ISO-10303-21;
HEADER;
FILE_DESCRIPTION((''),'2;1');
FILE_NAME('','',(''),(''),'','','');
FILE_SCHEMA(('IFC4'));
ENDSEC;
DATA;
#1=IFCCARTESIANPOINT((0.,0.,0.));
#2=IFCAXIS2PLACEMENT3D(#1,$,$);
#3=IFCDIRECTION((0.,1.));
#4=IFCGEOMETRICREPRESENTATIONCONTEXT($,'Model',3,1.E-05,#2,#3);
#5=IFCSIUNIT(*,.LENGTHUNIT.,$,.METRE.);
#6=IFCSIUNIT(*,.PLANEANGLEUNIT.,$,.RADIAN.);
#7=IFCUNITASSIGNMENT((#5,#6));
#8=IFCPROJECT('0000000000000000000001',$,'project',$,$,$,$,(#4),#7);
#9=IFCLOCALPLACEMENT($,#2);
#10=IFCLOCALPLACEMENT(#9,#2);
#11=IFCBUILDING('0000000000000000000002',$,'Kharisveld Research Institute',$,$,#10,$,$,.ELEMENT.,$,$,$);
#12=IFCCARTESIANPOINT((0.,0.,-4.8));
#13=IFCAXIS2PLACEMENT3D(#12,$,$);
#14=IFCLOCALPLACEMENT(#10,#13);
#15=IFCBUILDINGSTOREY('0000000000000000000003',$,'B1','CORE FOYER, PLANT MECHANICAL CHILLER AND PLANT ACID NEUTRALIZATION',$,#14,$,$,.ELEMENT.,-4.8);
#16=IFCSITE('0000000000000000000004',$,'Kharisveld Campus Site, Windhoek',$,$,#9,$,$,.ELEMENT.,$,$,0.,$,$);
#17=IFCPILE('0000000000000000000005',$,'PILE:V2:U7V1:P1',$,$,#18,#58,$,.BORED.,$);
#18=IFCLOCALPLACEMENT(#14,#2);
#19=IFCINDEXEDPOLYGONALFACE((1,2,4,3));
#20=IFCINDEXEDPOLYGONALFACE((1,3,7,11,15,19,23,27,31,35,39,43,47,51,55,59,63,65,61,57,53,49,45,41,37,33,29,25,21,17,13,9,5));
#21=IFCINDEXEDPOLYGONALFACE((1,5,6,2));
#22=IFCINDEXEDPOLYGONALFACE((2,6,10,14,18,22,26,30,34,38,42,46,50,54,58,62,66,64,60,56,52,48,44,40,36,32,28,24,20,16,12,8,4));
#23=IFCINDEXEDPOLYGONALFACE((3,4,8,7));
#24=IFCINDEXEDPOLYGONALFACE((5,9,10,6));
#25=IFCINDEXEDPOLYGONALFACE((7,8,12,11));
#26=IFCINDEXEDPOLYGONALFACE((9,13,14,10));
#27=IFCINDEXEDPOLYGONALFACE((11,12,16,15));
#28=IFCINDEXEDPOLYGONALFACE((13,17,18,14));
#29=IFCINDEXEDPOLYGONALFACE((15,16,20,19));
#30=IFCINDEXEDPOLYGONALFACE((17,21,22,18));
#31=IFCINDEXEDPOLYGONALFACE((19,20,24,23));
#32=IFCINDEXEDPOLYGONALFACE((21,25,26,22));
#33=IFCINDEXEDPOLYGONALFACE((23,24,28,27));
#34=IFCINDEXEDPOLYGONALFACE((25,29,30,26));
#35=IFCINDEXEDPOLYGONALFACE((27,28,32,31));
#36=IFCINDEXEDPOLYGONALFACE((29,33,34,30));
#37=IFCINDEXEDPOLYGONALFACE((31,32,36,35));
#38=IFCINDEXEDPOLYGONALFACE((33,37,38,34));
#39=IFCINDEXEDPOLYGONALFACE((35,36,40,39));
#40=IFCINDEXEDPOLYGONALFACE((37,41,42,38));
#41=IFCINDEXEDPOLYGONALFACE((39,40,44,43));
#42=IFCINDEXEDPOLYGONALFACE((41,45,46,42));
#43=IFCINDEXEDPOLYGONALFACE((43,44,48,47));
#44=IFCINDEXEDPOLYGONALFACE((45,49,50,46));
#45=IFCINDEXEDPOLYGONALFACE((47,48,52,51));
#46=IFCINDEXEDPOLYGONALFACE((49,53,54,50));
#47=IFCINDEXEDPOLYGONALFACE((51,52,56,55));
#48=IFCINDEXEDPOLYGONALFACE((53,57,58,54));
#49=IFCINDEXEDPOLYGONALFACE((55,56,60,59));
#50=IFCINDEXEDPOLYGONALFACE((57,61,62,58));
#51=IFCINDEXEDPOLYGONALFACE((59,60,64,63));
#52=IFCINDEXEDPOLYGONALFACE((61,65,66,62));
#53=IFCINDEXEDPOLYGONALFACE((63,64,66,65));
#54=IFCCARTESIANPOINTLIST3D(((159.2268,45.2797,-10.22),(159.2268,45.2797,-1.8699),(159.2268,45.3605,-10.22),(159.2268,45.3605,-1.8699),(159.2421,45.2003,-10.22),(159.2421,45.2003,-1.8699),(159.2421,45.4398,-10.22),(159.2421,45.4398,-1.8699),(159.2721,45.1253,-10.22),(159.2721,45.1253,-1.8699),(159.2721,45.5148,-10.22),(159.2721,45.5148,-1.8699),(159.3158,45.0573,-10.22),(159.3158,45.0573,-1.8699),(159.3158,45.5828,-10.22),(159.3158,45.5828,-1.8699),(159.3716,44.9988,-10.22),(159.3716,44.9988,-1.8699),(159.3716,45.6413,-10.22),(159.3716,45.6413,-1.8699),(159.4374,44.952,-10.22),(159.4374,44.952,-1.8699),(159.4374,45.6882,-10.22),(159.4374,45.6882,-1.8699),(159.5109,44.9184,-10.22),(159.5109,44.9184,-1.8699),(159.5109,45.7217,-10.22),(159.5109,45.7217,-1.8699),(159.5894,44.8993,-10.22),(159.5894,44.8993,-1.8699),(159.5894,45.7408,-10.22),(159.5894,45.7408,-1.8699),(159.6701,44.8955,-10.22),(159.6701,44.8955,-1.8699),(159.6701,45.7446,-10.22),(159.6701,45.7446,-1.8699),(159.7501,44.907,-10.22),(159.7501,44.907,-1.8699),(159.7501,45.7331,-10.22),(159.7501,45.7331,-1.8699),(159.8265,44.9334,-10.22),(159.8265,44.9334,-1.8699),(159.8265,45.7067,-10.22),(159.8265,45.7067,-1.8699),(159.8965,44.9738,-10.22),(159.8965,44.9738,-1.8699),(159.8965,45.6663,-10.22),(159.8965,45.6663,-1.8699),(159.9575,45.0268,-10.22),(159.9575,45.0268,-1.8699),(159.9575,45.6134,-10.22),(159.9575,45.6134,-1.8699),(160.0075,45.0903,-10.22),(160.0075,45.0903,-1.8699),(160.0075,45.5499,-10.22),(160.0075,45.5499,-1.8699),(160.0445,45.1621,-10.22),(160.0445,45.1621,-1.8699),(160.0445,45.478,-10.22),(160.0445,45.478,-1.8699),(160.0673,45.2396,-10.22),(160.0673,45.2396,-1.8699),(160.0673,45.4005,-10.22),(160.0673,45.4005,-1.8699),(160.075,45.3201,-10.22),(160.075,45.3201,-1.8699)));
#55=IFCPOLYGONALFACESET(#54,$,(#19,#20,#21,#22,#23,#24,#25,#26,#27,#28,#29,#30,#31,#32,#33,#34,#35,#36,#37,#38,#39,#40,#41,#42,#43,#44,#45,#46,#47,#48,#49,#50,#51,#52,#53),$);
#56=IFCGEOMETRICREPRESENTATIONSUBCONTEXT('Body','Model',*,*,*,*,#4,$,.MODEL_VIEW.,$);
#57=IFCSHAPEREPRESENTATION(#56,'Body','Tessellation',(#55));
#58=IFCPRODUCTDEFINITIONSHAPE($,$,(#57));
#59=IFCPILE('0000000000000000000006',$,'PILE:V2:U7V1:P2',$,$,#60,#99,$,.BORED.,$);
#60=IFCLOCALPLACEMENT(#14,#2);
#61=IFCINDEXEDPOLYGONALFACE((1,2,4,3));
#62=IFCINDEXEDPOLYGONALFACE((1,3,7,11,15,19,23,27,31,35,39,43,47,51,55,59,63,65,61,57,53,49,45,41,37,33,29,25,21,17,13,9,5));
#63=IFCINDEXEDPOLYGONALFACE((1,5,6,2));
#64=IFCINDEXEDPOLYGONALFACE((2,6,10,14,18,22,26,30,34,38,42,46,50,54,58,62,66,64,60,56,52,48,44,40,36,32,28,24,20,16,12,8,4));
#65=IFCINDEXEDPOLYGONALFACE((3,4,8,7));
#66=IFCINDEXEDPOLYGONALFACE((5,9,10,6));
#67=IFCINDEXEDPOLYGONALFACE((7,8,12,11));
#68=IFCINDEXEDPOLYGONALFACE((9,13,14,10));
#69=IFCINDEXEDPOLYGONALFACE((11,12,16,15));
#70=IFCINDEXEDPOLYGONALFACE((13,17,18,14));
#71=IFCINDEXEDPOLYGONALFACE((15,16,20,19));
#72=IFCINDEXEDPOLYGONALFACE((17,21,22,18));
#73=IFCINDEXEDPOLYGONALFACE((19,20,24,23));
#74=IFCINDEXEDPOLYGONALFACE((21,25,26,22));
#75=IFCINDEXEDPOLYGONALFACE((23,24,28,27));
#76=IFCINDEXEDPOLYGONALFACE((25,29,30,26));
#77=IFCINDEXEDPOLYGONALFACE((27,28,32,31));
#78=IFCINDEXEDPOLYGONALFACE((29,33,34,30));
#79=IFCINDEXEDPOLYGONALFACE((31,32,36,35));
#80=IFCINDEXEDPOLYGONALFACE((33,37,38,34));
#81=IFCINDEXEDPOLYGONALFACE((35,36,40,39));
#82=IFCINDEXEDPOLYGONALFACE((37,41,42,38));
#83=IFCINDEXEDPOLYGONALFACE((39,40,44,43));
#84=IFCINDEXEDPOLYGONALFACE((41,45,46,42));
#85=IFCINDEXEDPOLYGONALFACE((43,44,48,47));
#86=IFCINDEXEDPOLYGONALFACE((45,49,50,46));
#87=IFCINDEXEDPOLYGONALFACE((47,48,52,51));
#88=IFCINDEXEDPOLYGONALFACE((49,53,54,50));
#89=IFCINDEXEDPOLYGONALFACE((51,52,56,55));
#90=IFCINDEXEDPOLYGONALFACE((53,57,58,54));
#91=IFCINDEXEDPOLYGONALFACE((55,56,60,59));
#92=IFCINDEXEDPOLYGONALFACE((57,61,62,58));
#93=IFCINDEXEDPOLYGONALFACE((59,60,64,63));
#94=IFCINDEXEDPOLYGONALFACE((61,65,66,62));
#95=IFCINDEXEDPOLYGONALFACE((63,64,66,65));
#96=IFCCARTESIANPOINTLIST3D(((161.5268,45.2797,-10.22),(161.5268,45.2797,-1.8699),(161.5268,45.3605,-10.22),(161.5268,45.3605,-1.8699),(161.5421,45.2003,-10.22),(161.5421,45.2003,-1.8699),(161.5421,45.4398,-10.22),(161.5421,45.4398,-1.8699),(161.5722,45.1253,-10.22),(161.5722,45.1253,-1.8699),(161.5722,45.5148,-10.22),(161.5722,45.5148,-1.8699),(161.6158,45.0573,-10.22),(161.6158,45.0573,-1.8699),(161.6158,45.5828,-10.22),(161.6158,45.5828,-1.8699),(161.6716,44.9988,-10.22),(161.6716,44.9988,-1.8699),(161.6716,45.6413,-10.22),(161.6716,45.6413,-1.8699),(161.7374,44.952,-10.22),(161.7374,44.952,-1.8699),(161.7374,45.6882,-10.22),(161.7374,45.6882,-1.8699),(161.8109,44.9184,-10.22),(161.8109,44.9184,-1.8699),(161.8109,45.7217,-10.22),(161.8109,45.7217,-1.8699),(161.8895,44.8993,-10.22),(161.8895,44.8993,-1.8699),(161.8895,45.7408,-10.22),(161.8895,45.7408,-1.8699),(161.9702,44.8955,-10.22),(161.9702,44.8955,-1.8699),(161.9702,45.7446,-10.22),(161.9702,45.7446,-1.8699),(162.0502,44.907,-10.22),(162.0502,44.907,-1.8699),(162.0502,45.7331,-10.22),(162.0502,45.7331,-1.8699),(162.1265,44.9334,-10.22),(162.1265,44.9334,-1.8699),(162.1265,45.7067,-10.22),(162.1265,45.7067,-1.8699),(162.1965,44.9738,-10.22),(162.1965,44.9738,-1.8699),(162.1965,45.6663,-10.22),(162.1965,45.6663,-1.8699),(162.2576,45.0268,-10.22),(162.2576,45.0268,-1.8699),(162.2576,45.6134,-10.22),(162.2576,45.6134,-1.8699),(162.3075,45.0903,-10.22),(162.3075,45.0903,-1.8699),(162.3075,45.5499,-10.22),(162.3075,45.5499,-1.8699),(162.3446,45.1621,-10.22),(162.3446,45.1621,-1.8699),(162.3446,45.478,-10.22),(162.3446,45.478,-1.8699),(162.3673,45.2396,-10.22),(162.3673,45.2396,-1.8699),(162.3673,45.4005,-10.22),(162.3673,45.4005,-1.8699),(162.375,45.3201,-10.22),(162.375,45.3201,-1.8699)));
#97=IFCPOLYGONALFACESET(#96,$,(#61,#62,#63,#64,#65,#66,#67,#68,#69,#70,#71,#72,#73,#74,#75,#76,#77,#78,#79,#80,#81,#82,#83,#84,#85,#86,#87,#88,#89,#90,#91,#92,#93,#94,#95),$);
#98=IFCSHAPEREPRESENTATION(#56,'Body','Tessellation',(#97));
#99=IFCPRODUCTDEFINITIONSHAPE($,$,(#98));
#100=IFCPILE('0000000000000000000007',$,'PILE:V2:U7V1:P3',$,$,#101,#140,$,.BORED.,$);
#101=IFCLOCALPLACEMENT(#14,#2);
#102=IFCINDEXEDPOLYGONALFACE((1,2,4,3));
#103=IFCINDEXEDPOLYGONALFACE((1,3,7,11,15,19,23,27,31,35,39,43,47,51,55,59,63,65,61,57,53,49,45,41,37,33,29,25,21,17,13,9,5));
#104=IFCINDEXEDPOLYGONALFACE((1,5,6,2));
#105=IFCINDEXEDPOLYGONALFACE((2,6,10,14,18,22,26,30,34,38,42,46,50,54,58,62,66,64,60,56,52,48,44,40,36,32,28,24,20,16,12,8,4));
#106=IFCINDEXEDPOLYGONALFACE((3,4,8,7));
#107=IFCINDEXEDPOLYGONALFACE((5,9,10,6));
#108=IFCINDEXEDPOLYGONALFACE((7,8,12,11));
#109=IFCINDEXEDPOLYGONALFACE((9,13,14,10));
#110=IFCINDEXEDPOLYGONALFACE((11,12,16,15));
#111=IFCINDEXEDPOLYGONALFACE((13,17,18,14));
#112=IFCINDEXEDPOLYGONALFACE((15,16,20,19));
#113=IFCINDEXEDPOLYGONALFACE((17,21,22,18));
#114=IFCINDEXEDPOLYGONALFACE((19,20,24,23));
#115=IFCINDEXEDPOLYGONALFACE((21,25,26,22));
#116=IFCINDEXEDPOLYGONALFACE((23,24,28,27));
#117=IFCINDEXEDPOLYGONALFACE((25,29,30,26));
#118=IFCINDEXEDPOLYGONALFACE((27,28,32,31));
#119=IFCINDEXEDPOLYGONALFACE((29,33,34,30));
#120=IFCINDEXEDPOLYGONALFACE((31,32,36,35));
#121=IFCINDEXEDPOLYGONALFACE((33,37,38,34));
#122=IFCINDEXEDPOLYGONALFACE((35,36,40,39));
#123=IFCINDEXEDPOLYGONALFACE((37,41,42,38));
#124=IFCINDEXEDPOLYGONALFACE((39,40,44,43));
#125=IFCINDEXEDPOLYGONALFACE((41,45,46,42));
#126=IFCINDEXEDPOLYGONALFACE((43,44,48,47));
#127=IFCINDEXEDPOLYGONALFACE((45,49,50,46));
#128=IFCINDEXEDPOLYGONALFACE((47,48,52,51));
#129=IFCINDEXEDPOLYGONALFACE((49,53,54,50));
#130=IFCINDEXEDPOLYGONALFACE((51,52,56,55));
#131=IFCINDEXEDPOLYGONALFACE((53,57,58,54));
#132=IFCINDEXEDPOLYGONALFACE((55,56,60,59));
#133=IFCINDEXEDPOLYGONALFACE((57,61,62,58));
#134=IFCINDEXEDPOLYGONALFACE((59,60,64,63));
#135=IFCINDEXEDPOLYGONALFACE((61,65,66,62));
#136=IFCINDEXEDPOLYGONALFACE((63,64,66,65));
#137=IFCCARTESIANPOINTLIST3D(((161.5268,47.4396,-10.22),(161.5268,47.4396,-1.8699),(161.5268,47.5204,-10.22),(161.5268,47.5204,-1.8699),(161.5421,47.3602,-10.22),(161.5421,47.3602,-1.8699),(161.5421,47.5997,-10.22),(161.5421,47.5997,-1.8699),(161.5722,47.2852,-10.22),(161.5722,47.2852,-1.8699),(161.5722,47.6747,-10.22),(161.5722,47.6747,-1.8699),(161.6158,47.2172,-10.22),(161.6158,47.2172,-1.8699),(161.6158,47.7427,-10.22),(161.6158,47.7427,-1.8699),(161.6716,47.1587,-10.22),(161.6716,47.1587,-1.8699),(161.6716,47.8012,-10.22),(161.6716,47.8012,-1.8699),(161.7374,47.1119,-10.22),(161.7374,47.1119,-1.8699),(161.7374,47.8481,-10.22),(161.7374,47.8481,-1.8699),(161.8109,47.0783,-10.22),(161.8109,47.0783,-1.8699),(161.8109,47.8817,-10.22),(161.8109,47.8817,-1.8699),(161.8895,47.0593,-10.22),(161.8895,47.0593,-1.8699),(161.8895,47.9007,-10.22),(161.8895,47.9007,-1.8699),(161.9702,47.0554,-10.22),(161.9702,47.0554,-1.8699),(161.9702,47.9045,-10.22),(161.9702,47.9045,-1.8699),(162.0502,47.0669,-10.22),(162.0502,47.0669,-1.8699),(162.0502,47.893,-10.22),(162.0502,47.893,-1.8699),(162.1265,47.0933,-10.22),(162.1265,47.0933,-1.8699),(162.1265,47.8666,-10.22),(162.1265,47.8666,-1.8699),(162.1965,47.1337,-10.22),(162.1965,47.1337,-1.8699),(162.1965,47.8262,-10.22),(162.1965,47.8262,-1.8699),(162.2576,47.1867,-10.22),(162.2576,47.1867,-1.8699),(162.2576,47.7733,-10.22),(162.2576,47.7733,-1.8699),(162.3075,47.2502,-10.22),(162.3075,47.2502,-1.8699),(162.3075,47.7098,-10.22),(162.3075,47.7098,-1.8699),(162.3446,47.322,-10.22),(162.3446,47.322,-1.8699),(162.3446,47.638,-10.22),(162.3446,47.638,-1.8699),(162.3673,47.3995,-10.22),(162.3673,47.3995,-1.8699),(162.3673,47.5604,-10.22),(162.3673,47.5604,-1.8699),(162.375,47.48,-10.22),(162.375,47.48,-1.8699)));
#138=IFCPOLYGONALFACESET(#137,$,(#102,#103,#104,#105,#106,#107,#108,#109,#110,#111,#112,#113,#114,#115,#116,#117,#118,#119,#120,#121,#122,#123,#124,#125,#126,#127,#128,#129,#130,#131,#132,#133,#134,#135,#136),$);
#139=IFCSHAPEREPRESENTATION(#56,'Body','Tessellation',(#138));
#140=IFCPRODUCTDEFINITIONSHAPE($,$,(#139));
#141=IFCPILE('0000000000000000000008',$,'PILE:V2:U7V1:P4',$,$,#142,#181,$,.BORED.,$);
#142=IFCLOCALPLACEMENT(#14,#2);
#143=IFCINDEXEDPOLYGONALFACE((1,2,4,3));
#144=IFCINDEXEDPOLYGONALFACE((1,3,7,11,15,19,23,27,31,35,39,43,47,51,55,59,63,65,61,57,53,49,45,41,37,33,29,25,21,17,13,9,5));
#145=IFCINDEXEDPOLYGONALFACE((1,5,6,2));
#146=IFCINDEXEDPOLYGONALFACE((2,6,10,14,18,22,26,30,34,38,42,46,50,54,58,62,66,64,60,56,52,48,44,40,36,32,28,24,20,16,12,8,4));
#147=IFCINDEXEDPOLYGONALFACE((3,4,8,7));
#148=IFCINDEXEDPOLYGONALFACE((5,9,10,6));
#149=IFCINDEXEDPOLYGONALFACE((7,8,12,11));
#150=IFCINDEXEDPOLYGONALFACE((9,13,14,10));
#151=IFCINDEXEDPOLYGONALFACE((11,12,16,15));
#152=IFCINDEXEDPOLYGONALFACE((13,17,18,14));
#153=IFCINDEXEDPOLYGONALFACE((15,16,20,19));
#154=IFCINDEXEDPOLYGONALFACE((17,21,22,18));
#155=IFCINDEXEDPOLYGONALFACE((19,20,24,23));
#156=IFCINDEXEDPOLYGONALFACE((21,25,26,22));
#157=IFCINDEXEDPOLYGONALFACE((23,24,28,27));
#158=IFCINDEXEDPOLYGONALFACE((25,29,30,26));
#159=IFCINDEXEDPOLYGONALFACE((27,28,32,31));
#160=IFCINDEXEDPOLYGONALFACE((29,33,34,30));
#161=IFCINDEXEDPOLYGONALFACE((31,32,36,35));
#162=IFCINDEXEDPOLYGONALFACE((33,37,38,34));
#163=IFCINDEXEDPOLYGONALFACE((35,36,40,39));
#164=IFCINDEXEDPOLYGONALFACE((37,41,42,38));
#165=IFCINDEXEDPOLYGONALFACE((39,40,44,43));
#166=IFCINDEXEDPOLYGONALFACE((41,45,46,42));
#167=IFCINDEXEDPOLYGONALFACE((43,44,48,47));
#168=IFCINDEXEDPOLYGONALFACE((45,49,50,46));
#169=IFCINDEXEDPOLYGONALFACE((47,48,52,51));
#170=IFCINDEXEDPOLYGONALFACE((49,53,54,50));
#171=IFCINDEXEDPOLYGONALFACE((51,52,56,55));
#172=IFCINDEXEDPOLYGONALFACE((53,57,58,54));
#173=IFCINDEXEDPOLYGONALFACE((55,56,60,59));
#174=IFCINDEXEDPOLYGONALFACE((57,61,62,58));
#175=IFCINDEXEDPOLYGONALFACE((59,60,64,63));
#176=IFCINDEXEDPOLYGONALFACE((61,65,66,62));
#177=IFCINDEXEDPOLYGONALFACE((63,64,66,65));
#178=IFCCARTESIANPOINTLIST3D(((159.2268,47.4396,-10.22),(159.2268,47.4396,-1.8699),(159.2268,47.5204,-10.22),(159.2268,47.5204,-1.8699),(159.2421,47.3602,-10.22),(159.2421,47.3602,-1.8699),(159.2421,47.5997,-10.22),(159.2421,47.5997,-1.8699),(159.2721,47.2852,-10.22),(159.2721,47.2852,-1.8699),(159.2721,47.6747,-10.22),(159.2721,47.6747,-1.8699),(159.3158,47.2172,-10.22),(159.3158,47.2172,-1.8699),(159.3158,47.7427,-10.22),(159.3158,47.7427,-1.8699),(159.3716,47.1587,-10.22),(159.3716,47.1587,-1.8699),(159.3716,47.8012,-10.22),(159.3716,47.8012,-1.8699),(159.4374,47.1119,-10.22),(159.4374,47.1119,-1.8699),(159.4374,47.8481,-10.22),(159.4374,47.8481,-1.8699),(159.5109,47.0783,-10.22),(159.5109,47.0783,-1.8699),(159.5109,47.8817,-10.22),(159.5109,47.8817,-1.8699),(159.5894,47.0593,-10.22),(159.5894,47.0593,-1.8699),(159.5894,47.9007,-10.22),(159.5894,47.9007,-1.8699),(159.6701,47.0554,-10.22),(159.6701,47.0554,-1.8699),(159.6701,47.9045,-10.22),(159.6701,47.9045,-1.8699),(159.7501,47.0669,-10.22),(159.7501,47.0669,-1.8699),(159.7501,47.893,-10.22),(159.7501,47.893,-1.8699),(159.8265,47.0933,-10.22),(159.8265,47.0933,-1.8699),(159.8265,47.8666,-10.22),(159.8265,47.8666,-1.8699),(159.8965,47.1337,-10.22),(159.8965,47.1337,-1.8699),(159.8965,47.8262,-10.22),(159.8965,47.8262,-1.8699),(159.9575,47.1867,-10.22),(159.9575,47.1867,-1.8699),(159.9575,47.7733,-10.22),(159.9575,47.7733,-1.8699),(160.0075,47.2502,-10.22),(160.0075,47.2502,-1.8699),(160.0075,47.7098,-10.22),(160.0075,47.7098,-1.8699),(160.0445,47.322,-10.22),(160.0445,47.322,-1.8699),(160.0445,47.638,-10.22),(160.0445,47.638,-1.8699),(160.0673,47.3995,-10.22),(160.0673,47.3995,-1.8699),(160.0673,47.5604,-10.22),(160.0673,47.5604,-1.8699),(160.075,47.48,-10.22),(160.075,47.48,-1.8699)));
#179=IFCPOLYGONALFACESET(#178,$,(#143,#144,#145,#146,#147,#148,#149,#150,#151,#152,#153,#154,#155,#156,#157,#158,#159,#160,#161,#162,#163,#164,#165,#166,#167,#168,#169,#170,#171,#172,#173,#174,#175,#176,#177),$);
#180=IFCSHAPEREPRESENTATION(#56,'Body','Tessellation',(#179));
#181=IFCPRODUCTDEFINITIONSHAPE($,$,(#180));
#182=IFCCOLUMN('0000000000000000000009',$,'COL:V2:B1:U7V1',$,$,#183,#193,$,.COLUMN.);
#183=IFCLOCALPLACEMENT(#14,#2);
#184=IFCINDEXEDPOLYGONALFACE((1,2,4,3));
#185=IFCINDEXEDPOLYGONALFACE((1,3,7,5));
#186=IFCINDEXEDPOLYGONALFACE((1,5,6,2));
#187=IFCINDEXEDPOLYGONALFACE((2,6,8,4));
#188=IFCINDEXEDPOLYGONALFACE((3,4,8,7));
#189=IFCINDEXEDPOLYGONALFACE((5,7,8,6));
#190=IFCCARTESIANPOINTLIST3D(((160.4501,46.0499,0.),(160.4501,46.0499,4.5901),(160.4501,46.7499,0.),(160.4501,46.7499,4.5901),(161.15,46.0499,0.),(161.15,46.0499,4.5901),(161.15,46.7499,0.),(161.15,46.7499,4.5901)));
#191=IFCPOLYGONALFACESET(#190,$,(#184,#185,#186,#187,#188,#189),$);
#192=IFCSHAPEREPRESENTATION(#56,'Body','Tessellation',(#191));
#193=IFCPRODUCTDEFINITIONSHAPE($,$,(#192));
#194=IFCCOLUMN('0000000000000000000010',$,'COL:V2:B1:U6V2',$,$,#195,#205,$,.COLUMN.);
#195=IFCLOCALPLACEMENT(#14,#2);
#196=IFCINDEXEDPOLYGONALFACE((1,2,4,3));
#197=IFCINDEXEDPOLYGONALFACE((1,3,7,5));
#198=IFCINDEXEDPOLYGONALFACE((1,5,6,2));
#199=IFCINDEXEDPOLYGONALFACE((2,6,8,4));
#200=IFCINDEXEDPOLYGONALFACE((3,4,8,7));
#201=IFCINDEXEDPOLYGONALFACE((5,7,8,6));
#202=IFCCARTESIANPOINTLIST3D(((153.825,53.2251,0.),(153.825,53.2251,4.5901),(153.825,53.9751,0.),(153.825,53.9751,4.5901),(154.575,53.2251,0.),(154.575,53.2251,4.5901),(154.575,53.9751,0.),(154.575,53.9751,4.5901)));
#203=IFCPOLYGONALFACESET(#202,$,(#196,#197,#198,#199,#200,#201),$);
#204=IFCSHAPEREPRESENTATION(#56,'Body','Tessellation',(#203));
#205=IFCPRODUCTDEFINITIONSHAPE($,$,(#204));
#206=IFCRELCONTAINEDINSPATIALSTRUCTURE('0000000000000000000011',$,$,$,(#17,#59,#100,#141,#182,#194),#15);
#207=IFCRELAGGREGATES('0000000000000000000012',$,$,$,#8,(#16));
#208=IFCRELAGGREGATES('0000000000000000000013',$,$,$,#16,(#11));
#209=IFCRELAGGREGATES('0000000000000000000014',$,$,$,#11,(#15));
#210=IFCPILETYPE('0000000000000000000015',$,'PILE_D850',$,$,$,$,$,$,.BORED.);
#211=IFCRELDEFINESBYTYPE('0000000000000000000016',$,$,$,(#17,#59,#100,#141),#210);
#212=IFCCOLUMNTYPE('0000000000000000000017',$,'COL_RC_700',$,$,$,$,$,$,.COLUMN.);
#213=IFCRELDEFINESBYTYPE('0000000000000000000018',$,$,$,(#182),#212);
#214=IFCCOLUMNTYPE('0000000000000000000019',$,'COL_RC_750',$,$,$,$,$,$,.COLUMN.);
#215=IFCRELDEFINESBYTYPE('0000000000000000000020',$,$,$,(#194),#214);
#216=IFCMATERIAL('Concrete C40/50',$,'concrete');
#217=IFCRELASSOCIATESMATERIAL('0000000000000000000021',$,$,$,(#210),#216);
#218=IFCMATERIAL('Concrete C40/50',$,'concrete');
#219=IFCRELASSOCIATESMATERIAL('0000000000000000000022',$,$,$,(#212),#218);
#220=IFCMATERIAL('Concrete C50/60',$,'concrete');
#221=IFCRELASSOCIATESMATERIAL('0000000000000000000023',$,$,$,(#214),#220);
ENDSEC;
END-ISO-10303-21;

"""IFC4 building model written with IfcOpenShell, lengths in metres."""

from ifc_helpers import new_model, si_unit, direction, frame, origin, origin_2d, place, context, subcontext, project, spatial, rectangle, circle, extrude, material, material_profile, profile_set, type_object, element, save


model = new_model("IFC4")

# Units and contexts
model_context = context("Model", 3, precision=1e-05, world=origin(), true_north=direction((0.0, 1.0)))
body_context = subcontext(model_context, "Body", "Model", "MODEL_VIEW")
ifc_project = project(units=[si_unit("LENGTHUNIT", "METRE"), si_unit("PLANEANGLEUNIT", "RADIAN")], contexts=[model_context])

# Site, building, storey
site_placement = place(None, origin())
site = spatial("IfcSite", under=ifc_project, at=site_placement, Name="Kharisveld Campus Site, Windhoek", CompositionType="ELEMENT", RefElevation=0.0)
building_placement = place(site_placement, origin())
building = spatial("IfcBuilding", under=site, at=building_placement, Name="Kharisveld Research Institute", CompositionType="ELEMENT")
storey_placement = place(building_placement, frame((0.0, 0.0, -4.8)))
storey = spatial("IfcBuildingStorey", under=building, at=storey_placement, Name="B1", Description="CORE FOYER, PLANT MECHANICAL CHILLER AND PLANT ACID NEUTRALIZATION", CompositionType="ELEMENT", Elevation=-4.8)

# Piles
ifc_material_1 = material(Name="Concrete C40/50", Category="concrete")
ifc_material_profile_1 = material_profile(ifc_material_1, circle(Radius=0.425, at=origin_2d()))
ifc_profile_set_1 = profile_set([ifc_material_profile_1], Name="Concrete C40/50")
pile_type_1 = type_object("IfcPileType", Name="PILE_D850", PredefinedType="BORED", material=ifc_profile_set_1)
for number, where, z_axis, x_axis, name in (
    (1, (159.6499, 45.3201, -1.8699), (0.0, 0.0, -1.0), (1.0, 0.0, 0.0), "PILE:V2:U7V1:P1"),
    (2, (161.95, 45.3201, -1.8699), (0.0, 0.0, -1.0), (1.0, 0.0, 0.0), "PILE:V2:U7V1:P2"),
    (3, (161.95, 47.48, -1.8699), (0.0, 0.0, -1.0), (1.0, 0.0, 0.0), "PILE:V2:U7V1:P3"),
    (4, (159.6499, 47.48, -1.8699), (0.0, 0.0, -1.0), (1.0, 0.0, 0.0), "PILE:V2:U7V1:P4"),
):
    element("IfcPile", number, at=place(storey_placement, frame(where, z_axis=z_axis, x_axis=x_axis)), inside=storey, type_object=pile_type_1, Name=name, PredefinedType="BORED", context=body_context, shape_type="SweptSolid", body=[
        extrude(circle(Radius=0.425, at=origin_2d()), origin(), (0.0, 0.0, 1.0), 8.3501),
    ])

# Columns
ifc_material_2 = material(Name="Concrete C40/50", Category="concrete")
ifc_material_profile_2 = material_profile(ifc_material_2, rectangle(XDim=0.7, YDim=0.7, at=origin_2d()))
ifc_profile_set_2 = profile_set([ifc_material_profile_2], Name="Concrete C40/50")
column_type_1 = type_object("IfcColumnType", Name="COL_RC_700", PredefinedType="COLUMN", material=ifc_profile_set_2)
column_1_placement = place(storey_placement, frame((160.8, 46.3999, 0.0), z_axis=(0.0, 0.0, 1.0), x_axis=(1.0, 0.0, 0.0)))
element("IfcColumn", 5, at=column_1_placement, inside=storey, type_object=column_type_1, Name="COL:V2:B1:U7V1", PredefinedType="COLUMN", context=body_context, shape_type="SweptSolid", body=[
    extrude(rectangle(XDim=0.7, YDim=0.7, at=origin_2d()), origin(), (0.0, 0.0, 1.0), 4.5901),
])
ifc_material_3 = material(Name="Concrete C50/60", Category="concrete")
ifc_material_profile_3 = material_profile(ifc_material_3, rectangle(XDim=0.75, YDim=0.75, at=origin_2d()))
ifc_profile_set_3 = profile_set([ifc_material_profile_3], Name="Concrete C50/60")
column_type_2 = type_object("IfcColumnType", Name="COL_RC_750", PredefinedType="COLUMN", material=ifc_profile_set_3)
column_2_placement = place(storey_placement, frame((154.2, 53.6001, 0.0), z_axis=(0.0, 0.0, 1.0), x_axis=(1.0, 0.0, 0.0)))
element("IfcColumn", 6, at=column_2_placement, inside=storey, type_object=column_type_2, Name="COL:V2:B1:U6V2", PredefinedType="COLUMN", context=body_context, shape_type="SweptSolid", body=[
    extrude(rectangle(XDim=0.75, YDim=0.75, at=origin_2d()), origin(), (0.0, 0.0, 1.0), 4.5901),
])

save(model, "model.ifc")
